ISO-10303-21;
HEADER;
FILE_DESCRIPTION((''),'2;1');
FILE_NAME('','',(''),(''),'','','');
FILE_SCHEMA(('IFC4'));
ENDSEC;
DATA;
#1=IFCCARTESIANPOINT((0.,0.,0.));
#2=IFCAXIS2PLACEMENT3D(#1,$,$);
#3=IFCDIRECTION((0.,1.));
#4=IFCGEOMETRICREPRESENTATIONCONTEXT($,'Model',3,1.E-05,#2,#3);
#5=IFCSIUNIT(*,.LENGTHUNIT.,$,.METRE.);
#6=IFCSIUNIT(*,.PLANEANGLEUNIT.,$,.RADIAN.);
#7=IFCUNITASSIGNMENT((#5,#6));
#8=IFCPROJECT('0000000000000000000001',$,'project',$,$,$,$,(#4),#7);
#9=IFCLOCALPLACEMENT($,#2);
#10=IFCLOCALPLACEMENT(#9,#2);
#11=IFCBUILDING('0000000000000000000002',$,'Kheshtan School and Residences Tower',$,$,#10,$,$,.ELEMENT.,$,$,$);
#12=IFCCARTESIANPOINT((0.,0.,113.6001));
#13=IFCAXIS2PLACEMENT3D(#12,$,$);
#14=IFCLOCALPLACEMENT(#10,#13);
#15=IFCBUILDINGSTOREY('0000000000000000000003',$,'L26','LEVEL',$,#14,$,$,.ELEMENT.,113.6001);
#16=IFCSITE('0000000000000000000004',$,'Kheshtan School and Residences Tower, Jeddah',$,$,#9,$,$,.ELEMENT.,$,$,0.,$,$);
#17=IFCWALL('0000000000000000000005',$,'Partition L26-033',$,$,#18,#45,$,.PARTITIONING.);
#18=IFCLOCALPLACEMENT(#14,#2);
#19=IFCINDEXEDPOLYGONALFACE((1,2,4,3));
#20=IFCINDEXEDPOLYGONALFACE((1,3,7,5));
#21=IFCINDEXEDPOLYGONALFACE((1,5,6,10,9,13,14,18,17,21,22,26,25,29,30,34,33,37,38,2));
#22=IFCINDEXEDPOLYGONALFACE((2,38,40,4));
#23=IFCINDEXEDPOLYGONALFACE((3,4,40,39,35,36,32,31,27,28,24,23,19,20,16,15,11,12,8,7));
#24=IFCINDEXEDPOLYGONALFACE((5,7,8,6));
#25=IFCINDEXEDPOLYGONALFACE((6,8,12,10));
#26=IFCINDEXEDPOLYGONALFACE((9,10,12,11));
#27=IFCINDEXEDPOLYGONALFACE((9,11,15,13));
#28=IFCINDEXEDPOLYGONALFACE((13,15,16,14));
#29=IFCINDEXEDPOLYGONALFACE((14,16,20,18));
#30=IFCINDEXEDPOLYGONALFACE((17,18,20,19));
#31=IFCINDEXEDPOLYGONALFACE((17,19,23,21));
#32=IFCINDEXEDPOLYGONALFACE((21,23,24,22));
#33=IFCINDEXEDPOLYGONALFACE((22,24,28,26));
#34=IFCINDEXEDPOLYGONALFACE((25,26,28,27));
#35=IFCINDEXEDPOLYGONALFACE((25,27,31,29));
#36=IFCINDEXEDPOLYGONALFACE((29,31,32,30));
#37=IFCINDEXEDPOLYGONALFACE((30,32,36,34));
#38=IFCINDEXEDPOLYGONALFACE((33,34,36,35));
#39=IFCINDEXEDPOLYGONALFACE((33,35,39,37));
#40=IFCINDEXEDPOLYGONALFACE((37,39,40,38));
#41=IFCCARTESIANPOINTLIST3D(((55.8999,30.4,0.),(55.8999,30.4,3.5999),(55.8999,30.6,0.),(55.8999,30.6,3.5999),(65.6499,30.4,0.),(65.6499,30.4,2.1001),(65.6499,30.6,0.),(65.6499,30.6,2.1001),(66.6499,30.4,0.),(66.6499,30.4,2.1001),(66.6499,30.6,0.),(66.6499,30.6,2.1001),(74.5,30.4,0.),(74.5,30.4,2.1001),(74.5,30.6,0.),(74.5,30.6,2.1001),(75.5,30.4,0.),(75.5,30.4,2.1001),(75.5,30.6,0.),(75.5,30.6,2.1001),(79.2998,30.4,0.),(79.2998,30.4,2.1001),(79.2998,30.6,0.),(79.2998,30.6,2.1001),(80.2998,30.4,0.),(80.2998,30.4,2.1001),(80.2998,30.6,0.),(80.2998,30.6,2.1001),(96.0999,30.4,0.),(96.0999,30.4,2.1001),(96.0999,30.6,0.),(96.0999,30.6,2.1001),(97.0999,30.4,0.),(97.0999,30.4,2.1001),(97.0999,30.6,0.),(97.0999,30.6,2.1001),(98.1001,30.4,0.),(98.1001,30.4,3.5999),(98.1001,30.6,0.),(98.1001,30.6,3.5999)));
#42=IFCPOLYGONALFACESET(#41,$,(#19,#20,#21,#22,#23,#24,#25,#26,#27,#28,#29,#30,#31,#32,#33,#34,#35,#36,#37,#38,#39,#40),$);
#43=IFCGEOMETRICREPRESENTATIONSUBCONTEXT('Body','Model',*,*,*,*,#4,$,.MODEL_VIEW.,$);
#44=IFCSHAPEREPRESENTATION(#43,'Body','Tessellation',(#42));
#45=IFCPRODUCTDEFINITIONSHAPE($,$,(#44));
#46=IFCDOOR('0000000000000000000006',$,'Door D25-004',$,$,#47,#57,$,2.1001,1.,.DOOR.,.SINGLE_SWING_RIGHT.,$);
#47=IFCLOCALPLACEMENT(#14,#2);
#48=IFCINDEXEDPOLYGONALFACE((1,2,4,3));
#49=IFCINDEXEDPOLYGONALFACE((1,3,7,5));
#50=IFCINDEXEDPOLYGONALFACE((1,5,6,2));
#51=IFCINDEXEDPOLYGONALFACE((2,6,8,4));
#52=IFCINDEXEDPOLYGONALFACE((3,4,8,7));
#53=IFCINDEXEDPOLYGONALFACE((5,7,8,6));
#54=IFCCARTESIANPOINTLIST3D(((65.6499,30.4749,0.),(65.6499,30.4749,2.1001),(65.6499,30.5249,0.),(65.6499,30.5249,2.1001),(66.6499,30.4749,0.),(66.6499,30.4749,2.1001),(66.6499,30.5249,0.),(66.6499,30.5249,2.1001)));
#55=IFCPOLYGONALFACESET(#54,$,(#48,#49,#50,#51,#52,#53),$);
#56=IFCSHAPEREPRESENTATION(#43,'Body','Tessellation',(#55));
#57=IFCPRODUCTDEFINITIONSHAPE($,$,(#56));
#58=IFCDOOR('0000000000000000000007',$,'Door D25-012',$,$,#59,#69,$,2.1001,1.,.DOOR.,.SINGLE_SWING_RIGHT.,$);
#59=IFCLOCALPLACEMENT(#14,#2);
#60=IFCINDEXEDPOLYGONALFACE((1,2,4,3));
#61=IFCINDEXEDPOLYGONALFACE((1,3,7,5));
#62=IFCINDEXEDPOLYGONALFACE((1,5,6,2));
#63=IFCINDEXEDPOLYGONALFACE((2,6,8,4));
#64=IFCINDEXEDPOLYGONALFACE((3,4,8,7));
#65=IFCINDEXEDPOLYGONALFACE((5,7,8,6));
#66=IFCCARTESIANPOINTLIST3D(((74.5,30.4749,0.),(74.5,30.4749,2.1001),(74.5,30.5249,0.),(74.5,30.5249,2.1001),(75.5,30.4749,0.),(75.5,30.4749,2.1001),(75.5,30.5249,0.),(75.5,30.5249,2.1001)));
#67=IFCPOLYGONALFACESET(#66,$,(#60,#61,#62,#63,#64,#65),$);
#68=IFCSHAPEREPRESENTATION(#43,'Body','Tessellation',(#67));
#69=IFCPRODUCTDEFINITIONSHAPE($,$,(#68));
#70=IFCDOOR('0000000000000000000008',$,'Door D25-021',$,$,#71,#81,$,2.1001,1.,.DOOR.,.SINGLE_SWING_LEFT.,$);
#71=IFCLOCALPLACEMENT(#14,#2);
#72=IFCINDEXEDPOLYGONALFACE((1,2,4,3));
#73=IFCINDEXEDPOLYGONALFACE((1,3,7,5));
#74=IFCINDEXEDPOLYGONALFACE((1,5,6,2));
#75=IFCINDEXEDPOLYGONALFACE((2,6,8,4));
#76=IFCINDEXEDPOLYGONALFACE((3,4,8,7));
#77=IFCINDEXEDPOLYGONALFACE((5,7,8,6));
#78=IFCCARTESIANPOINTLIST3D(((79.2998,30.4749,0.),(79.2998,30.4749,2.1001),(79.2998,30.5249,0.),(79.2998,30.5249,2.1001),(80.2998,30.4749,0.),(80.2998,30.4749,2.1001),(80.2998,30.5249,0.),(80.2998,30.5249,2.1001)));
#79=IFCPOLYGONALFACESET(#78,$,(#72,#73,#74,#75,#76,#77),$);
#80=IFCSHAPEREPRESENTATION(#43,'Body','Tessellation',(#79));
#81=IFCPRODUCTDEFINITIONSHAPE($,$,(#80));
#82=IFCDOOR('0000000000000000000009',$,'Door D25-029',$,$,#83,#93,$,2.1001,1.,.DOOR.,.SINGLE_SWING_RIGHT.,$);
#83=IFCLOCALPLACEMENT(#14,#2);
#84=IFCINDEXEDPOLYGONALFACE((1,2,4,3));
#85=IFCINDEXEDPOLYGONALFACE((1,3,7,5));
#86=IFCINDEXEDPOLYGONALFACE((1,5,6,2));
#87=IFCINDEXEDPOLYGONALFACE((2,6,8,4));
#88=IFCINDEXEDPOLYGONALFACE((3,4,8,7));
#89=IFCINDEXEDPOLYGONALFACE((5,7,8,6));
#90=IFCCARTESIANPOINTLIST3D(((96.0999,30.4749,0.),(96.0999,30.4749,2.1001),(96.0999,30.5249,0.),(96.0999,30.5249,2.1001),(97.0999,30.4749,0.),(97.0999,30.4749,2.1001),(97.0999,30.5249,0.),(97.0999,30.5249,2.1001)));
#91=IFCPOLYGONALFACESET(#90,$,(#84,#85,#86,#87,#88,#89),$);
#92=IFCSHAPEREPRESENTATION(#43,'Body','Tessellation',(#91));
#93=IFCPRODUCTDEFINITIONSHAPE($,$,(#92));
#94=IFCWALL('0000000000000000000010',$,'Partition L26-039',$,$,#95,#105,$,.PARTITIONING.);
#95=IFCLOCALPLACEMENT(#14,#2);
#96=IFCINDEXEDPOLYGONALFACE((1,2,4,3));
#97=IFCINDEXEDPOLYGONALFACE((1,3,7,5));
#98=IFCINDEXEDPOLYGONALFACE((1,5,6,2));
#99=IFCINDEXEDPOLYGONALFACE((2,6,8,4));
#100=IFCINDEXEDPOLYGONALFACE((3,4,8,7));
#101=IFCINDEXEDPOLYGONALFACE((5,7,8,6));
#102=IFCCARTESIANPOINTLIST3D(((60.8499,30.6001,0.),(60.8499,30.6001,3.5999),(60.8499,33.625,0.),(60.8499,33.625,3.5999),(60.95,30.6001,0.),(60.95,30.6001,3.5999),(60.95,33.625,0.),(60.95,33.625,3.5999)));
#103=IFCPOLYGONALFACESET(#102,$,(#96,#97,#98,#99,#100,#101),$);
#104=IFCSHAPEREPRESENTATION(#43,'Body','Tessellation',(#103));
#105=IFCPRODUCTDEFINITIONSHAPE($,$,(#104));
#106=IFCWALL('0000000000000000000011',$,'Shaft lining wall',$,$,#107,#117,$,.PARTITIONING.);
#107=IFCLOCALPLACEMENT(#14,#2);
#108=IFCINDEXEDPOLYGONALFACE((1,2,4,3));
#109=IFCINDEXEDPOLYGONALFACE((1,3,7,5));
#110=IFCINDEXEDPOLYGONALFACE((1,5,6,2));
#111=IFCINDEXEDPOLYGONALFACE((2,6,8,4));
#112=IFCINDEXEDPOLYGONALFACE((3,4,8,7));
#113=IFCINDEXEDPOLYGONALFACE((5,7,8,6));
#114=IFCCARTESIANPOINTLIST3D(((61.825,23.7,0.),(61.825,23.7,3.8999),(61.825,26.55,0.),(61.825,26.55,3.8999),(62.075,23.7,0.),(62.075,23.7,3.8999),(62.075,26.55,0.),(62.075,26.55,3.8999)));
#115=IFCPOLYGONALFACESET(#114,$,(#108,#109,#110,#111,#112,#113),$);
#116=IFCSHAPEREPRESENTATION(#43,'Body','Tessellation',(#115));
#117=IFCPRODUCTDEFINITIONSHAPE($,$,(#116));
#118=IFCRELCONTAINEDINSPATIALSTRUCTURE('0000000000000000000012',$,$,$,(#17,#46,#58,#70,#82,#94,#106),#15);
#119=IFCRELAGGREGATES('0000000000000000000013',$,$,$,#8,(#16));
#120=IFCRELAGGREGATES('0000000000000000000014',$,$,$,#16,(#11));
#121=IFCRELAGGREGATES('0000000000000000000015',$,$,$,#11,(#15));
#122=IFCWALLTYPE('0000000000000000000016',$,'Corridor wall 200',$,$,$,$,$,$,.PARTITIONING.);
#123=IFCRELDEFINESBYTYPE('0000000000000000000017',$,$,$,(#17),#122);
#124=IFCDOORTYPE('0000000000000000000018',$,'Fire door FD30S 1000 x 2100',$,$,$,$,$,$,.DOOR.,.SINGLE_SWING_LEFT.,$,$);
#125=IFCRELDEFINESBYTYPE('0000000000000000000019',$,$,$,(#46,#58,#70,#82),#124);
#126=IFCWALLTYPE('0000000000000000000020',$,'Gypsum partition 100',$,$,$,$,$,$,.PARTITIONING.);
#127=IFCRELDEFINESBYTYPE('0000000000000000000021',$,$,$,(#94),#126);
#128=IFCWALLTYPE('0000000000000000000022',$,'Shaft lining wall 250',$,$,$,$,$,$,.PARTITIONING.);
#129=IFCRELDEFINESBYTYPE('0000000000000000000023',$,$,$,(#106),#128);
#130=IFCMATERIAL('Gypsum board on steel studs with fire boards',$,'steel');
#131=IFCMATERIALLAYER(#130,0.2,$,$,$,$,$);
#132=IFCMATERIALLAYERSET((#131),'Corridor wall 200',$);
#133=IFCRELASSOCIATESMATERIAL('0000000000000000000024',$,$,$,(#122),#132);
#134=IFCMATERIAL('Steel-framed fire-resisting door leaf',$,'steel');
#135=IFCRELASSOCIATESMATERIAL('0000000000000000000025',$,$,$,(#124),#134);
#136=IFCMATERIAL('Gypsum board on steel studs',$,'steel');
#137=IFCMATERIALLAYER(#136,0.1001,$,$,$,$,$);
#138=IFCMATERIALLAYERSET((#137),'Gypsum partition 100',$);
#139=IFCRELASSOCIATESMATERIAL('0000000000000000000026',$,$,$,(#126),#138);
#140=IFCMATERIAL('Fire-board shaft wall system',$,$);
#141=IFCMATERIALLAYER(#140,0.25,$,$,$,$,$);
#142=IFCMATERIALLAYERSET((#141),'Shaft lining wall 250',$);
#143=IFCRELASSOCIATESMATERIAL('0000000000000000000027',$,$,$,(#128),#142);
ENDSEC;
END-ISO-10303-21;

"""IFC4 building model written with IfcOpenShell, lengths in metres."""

from ifc_helpers import new_model, si_unit, direction, frame, frame_2d, origin, place, context, subcontext, project, spatial, rectangle, extrude, source, transform, mapped, material, layer, layer_set, type_object, element, fill, save


model = new_model("IFC4")

# Units and contexts
model_context = context("Model", 3, precision=1e-05, world=origin(), true_north=direction((0.0, 1.0)))
body_context = subcontext(model_context, "Body", "Model", "MODEL_VIEW")
ifc_project = project(units=[si_unit("LENGTHUNIT", "METRE"), si_unit("PLANEANGLEUNIT", "RADIAN")], contexts=[model_context])

# Site, building, storey
site_placement = place(None, origin())
site = spatial("IfcSite", under=ifc_project, at=site_placement, Name="Kheshtan School and Residences Tower, Jeddah", CompositionType="ELEMENT", RefElevation=0.0)
building_placement = place(site_placement, origin())
building = spatial("IfcBuilding", under=site, at=building_placement, Name="Kheshtan School and Residences Tower", CompositionType="ELEMENT")
storey_placement = place(building_placement, frame((0.0, 0.0, 113.6001)))
storey = spatial("IfcBuildingStorey", under=building, at=storey_placement, Name="L26", Description="LEVEL", CompositionType="ELEMENT", Elevation=113.6001)

# Wall, openings, doors
ifc_material_1 = material(Name="Gypsum board on steel studs with fire boards", Category="steel")
ifc_layer_1 = layer(ifc_material_1, 0.2)
ifc_layer_set_1 = layer_set([ifc_layer_1], Name="Corridor wall 200")
wall_type_1 = type_object("IfcWallType", Name="Corridor wall 200", PredefinedType="PARTITIONING", material=ifc_layer_set_1)
wall_1_placement = place(storey_placement, frame((55.8999, 30.5, 0.0), z_axis=(0.0, 0.0, 1.0), x_axis=(1.0, 0.0, 0.0)))
wall_1 = element("IfcWall", 1, at=wall_1_placement, inside=storey, type_object=wall_type_1, Name="Partition L26-033", PredefinedType="PARTITIONING", context=body_context, shape_type="SweptSolid", body=[
    extrude(rectangle(XDim=42.2002, YDim=0.2, at=frame_2d((21.1001, 0.0))), origin(), (0.0, 0.0, 1.0), 3.5999),
])
opening_1_placement = place(wall_1_placement, frame((9.75, 0.0, 0.0)))
opening_1 = element("IfcOpeningElement", 2, at=opening_1_placement, cuts=wall_1, PredefinedType="OPENING", context=body_context, shape_type="SweptSolid", body=[
    extrude(rectangle(XDim=1.0, YDim=2.1001, at=frame_2d((0.5, 1.05))), frame((0.0, 0.1099, 0.0), z_axis=(0.0, -1.0, 0.0), x_axis=(1.0, 0.0, 0.0)), (0.0, 0.0, 1.0), 0.22),
])
opening_2_placement = place(wall_1_placement, frame((18.6001, 0.0, 0.0)))
opening_2 = element("IfcOpeningElement", 3, at=opening_2_placement, cuts=wall_1, PredefinedType="OPENING", context=body_context, shape_type="SweptSolid", body=[
    extrude(rectangle(XDim=1.0, YDim=2.1001, at=frame_2d((0.5, 1.05))), frame((0.0, 0.1099, 0.0), z_axis=(0.0, -1.0, 0.0), x_axis=(1.0, 0.0, 0.0)), (0.0, 0.0, 1.0), 0.22),
])
opening_3_placement = place(wall_1_placement, frame((23.3999, 0.0, 0.0)))
opening_3 = element("IfcOpeningElement", 4, at=opening_3_placement, cuts=wall_1, PredefinedType="OPENING", context=body_context, shape_type="SweptSolid", body=[
    extrude(rectangle(XDim=1.0, YDim=2.1001, at=frame_2d((0.5, 1.05))), frame((0.0, 0.1099, 0.0), z_axis=(0.0, -1.0, 0.0), x_axis=(1.0, 0.0, 0.0)), (0.0, 0.0, 1.0), 0.22),
])
opening_4_placement = place(wall_1_placement, frame((40.2, 0.0, 0.0)))
opening_4 = element("IfcOpeningElement", 5, at=opening_4_placement, cuts=wall_1, PredefinedType="OPENING", context=body_context, shape_type="SweptSolid", body=[
    extrude(rectangle(XDim=1.0, YDim=2.1001, at=frame_2d((0.5, 1.05))), frame((0.0, 0.1099, 0.0), z_axis=(0.0, -1.0, 0.0), x_axis=(1.0, 0.0, 0.0)), (0.0, 0.0, 1.0), 0.22),
])
ifc_material_2 = material(Name="Steel-framed fire-resisting door leaf", Category="steel")
door_type_1 = type_object("IfcDoorType", Name="Fire door FD30S 1000 x 2100", OperationType="SINGLE_SWING_LEFT", PredefinedType="DOOR", material=ifc_material_2)
shared_shape_1 = source(origin(), body_context, "Body", "SweptSolid", [
    extrude(rectangle(XDim=1.0, YDim=2.1001, at=frame_2d((0.5, 1.05))), frame((0.0, 0.0249, 0.0), z_axis=(0.0, -1.0, 0.0), x_axis=(1.0, 0.0, 0.0)), (0.0, 0.0, 1.0), 0.05),
])
door_1_placement = place(opening_1_placement, origin())
door_1 = element("IfcDoor", 6, at=door_1_placement, inside=storey, type_object=door_type_1, Name="Door D25-004", OperationType="SINGLE_SWING_RIGHT", OverallHeight=2.1001, OverallWidth=1.0, PredefinedType="DOOR", context=body_context, shape_type="MappedRepresentation", body=[
    mapped(shared_shape_1, transform((0.0, 0.0, 0.0), x_axis=(1.0, 0.0, 0.0), y_axis=(0.0, 1.0, 0.0), z_axis=(0.0, 0.0, 1.0), scale=1.0)),
])
fill(opening_1, door_1)
door_2_placement = place(opening_2_placement, origin())
door_2 = element("IfcDoor", 7, at=door_2_placement, inside=storey, type_object=door_type_1, Name="Door D25-012", OperationType="SINGLE_SWING_RIGHT", OverallHeight=2.1001, OverallWidth=1.0, PredefinedType="DOOR", context=body_context, shape_type="MappedRepresentation", body=[
    mapped(shared_shape_1, transform((0.0, 0.0, 0.0), x_axis=(1.0, 0.0, 0.0), y_axis=(0.0, 1.0, 0.0), z_axis=(0.0, 0.0, 1.0), scale=1.0)),
])
fill(opening_2, door_2)
door_3_placement = place(opening_3_placement, origin())
door_3 = element("IfcDoor", 8, at=door_3_placement, inside=storey, type_object=door_type_1, Name="Door D25-021", OperationType="SINGLE_SWING_LEFT", OverallHeight=2.1001, OverallWidth=1.0, PredefinedType="DOOR", context=body_context, shape_type="MappedRepresentation", body=[
    mapped(shared_shape_1, transform((0.0, 0.0, 0.0), x_axis=(1.0, 0.0, 0.0), y_axis=(0.0, 1.0, 0.0), z_axis=(0.0, 0.0, 1.0), scale=1.0)),
])
fill(opening_3, door_3)
door_4_placement = place(opening_4_placement, origin())
door_4 = element("IfcDoor", 9, at=door_4_placement, inside=storey, type_object=door_type_1, Name="Door D25-029", OperationType="SINGLE_SWING_RIGHT", OverallHeight=2.1001, OverallWidth=1.0, PredefinedType="DOOR", context=body_context, shape_type="MappedRepresentation", body=[
    mapped(shared_shape_1, transform((0.0, 0.0, 0.0), x_axis=(1.0, 0.0, 0.0), y_axis=(0.0, 1.0, 0.0), z_axis=(0.0, 0.0, 1.0), scale=1.0)),
])
fill(opening_4, door_4)

# Walls
ifc_material_3 = material(Name="Gypsum board on steel studs", Category="steel")
ifc_layer_2 = layer(ifc_material_3, 0.1001)
ifc_layer_set_2 = layer_set([ifc_layer_2], Name="Gypsum partition 100")
wall_type_2 = type_object("IfcWallType", Name="Gypsum partition 100", PredefinedType="PARTITIONING", material=ifc_layer_set_2)
wall_2_placement = place(storey_placement, frame((60.8999, 30.6001, 0.0), z_axis=(0.0, 0.0, 1.0), x_axis=(0.0, 1.0, 0.0)))
element("IfcWall", 10, at=wall_2_placement, inside=storey, type_object=wall_type_2, Name="Partition L26-039", PredefinedType="PARTITIONING", context=body_context, shape_type="SweptSolid", body=[
    extrude(rectangle(XDim=3.0249, YDim=0.1001, at=frame_2d((1.5125, 0.0))), origin(), (0.0, 0.0, 1.0), 3.5999),
])
ifc_material_4 = material(Name="Fire-board shaft wall system")
ifc_layer_3 = layer(ifc_material_4, 0.25)
ifc_layer_set_3 = layer_set([ifc_layer_3], Name="Shaft lining wall 250")
wall_type_3 = type_object("IfcWallType", Name="Shaft lining wall 250", PredefinedType="PARTITIONING", material=ifc_layer_set_3)
wall_3_placement = place(storey_placement, frame((61.95, 23.7, 0.0), z_axis=(0.0, 0.0, 1.0), x_axis=(0.0, 1.0, 0.0)))
element("IfcWall", 11, at=wall_3_placement, inside=storey, type_object=wall_type_3, Name="Shaft lining wall", PredefinedType="PARTITIONING", context=body_context, shape_type="SweptSolid", body=[
    extrude(rectangle(XDim=2.8501, YDim=0.25, at=frame_2d((1.425, 0.0))), origin(), (0.0, 0.0, 1.0), 3.8999),
])

save(model, "model.ifc")
